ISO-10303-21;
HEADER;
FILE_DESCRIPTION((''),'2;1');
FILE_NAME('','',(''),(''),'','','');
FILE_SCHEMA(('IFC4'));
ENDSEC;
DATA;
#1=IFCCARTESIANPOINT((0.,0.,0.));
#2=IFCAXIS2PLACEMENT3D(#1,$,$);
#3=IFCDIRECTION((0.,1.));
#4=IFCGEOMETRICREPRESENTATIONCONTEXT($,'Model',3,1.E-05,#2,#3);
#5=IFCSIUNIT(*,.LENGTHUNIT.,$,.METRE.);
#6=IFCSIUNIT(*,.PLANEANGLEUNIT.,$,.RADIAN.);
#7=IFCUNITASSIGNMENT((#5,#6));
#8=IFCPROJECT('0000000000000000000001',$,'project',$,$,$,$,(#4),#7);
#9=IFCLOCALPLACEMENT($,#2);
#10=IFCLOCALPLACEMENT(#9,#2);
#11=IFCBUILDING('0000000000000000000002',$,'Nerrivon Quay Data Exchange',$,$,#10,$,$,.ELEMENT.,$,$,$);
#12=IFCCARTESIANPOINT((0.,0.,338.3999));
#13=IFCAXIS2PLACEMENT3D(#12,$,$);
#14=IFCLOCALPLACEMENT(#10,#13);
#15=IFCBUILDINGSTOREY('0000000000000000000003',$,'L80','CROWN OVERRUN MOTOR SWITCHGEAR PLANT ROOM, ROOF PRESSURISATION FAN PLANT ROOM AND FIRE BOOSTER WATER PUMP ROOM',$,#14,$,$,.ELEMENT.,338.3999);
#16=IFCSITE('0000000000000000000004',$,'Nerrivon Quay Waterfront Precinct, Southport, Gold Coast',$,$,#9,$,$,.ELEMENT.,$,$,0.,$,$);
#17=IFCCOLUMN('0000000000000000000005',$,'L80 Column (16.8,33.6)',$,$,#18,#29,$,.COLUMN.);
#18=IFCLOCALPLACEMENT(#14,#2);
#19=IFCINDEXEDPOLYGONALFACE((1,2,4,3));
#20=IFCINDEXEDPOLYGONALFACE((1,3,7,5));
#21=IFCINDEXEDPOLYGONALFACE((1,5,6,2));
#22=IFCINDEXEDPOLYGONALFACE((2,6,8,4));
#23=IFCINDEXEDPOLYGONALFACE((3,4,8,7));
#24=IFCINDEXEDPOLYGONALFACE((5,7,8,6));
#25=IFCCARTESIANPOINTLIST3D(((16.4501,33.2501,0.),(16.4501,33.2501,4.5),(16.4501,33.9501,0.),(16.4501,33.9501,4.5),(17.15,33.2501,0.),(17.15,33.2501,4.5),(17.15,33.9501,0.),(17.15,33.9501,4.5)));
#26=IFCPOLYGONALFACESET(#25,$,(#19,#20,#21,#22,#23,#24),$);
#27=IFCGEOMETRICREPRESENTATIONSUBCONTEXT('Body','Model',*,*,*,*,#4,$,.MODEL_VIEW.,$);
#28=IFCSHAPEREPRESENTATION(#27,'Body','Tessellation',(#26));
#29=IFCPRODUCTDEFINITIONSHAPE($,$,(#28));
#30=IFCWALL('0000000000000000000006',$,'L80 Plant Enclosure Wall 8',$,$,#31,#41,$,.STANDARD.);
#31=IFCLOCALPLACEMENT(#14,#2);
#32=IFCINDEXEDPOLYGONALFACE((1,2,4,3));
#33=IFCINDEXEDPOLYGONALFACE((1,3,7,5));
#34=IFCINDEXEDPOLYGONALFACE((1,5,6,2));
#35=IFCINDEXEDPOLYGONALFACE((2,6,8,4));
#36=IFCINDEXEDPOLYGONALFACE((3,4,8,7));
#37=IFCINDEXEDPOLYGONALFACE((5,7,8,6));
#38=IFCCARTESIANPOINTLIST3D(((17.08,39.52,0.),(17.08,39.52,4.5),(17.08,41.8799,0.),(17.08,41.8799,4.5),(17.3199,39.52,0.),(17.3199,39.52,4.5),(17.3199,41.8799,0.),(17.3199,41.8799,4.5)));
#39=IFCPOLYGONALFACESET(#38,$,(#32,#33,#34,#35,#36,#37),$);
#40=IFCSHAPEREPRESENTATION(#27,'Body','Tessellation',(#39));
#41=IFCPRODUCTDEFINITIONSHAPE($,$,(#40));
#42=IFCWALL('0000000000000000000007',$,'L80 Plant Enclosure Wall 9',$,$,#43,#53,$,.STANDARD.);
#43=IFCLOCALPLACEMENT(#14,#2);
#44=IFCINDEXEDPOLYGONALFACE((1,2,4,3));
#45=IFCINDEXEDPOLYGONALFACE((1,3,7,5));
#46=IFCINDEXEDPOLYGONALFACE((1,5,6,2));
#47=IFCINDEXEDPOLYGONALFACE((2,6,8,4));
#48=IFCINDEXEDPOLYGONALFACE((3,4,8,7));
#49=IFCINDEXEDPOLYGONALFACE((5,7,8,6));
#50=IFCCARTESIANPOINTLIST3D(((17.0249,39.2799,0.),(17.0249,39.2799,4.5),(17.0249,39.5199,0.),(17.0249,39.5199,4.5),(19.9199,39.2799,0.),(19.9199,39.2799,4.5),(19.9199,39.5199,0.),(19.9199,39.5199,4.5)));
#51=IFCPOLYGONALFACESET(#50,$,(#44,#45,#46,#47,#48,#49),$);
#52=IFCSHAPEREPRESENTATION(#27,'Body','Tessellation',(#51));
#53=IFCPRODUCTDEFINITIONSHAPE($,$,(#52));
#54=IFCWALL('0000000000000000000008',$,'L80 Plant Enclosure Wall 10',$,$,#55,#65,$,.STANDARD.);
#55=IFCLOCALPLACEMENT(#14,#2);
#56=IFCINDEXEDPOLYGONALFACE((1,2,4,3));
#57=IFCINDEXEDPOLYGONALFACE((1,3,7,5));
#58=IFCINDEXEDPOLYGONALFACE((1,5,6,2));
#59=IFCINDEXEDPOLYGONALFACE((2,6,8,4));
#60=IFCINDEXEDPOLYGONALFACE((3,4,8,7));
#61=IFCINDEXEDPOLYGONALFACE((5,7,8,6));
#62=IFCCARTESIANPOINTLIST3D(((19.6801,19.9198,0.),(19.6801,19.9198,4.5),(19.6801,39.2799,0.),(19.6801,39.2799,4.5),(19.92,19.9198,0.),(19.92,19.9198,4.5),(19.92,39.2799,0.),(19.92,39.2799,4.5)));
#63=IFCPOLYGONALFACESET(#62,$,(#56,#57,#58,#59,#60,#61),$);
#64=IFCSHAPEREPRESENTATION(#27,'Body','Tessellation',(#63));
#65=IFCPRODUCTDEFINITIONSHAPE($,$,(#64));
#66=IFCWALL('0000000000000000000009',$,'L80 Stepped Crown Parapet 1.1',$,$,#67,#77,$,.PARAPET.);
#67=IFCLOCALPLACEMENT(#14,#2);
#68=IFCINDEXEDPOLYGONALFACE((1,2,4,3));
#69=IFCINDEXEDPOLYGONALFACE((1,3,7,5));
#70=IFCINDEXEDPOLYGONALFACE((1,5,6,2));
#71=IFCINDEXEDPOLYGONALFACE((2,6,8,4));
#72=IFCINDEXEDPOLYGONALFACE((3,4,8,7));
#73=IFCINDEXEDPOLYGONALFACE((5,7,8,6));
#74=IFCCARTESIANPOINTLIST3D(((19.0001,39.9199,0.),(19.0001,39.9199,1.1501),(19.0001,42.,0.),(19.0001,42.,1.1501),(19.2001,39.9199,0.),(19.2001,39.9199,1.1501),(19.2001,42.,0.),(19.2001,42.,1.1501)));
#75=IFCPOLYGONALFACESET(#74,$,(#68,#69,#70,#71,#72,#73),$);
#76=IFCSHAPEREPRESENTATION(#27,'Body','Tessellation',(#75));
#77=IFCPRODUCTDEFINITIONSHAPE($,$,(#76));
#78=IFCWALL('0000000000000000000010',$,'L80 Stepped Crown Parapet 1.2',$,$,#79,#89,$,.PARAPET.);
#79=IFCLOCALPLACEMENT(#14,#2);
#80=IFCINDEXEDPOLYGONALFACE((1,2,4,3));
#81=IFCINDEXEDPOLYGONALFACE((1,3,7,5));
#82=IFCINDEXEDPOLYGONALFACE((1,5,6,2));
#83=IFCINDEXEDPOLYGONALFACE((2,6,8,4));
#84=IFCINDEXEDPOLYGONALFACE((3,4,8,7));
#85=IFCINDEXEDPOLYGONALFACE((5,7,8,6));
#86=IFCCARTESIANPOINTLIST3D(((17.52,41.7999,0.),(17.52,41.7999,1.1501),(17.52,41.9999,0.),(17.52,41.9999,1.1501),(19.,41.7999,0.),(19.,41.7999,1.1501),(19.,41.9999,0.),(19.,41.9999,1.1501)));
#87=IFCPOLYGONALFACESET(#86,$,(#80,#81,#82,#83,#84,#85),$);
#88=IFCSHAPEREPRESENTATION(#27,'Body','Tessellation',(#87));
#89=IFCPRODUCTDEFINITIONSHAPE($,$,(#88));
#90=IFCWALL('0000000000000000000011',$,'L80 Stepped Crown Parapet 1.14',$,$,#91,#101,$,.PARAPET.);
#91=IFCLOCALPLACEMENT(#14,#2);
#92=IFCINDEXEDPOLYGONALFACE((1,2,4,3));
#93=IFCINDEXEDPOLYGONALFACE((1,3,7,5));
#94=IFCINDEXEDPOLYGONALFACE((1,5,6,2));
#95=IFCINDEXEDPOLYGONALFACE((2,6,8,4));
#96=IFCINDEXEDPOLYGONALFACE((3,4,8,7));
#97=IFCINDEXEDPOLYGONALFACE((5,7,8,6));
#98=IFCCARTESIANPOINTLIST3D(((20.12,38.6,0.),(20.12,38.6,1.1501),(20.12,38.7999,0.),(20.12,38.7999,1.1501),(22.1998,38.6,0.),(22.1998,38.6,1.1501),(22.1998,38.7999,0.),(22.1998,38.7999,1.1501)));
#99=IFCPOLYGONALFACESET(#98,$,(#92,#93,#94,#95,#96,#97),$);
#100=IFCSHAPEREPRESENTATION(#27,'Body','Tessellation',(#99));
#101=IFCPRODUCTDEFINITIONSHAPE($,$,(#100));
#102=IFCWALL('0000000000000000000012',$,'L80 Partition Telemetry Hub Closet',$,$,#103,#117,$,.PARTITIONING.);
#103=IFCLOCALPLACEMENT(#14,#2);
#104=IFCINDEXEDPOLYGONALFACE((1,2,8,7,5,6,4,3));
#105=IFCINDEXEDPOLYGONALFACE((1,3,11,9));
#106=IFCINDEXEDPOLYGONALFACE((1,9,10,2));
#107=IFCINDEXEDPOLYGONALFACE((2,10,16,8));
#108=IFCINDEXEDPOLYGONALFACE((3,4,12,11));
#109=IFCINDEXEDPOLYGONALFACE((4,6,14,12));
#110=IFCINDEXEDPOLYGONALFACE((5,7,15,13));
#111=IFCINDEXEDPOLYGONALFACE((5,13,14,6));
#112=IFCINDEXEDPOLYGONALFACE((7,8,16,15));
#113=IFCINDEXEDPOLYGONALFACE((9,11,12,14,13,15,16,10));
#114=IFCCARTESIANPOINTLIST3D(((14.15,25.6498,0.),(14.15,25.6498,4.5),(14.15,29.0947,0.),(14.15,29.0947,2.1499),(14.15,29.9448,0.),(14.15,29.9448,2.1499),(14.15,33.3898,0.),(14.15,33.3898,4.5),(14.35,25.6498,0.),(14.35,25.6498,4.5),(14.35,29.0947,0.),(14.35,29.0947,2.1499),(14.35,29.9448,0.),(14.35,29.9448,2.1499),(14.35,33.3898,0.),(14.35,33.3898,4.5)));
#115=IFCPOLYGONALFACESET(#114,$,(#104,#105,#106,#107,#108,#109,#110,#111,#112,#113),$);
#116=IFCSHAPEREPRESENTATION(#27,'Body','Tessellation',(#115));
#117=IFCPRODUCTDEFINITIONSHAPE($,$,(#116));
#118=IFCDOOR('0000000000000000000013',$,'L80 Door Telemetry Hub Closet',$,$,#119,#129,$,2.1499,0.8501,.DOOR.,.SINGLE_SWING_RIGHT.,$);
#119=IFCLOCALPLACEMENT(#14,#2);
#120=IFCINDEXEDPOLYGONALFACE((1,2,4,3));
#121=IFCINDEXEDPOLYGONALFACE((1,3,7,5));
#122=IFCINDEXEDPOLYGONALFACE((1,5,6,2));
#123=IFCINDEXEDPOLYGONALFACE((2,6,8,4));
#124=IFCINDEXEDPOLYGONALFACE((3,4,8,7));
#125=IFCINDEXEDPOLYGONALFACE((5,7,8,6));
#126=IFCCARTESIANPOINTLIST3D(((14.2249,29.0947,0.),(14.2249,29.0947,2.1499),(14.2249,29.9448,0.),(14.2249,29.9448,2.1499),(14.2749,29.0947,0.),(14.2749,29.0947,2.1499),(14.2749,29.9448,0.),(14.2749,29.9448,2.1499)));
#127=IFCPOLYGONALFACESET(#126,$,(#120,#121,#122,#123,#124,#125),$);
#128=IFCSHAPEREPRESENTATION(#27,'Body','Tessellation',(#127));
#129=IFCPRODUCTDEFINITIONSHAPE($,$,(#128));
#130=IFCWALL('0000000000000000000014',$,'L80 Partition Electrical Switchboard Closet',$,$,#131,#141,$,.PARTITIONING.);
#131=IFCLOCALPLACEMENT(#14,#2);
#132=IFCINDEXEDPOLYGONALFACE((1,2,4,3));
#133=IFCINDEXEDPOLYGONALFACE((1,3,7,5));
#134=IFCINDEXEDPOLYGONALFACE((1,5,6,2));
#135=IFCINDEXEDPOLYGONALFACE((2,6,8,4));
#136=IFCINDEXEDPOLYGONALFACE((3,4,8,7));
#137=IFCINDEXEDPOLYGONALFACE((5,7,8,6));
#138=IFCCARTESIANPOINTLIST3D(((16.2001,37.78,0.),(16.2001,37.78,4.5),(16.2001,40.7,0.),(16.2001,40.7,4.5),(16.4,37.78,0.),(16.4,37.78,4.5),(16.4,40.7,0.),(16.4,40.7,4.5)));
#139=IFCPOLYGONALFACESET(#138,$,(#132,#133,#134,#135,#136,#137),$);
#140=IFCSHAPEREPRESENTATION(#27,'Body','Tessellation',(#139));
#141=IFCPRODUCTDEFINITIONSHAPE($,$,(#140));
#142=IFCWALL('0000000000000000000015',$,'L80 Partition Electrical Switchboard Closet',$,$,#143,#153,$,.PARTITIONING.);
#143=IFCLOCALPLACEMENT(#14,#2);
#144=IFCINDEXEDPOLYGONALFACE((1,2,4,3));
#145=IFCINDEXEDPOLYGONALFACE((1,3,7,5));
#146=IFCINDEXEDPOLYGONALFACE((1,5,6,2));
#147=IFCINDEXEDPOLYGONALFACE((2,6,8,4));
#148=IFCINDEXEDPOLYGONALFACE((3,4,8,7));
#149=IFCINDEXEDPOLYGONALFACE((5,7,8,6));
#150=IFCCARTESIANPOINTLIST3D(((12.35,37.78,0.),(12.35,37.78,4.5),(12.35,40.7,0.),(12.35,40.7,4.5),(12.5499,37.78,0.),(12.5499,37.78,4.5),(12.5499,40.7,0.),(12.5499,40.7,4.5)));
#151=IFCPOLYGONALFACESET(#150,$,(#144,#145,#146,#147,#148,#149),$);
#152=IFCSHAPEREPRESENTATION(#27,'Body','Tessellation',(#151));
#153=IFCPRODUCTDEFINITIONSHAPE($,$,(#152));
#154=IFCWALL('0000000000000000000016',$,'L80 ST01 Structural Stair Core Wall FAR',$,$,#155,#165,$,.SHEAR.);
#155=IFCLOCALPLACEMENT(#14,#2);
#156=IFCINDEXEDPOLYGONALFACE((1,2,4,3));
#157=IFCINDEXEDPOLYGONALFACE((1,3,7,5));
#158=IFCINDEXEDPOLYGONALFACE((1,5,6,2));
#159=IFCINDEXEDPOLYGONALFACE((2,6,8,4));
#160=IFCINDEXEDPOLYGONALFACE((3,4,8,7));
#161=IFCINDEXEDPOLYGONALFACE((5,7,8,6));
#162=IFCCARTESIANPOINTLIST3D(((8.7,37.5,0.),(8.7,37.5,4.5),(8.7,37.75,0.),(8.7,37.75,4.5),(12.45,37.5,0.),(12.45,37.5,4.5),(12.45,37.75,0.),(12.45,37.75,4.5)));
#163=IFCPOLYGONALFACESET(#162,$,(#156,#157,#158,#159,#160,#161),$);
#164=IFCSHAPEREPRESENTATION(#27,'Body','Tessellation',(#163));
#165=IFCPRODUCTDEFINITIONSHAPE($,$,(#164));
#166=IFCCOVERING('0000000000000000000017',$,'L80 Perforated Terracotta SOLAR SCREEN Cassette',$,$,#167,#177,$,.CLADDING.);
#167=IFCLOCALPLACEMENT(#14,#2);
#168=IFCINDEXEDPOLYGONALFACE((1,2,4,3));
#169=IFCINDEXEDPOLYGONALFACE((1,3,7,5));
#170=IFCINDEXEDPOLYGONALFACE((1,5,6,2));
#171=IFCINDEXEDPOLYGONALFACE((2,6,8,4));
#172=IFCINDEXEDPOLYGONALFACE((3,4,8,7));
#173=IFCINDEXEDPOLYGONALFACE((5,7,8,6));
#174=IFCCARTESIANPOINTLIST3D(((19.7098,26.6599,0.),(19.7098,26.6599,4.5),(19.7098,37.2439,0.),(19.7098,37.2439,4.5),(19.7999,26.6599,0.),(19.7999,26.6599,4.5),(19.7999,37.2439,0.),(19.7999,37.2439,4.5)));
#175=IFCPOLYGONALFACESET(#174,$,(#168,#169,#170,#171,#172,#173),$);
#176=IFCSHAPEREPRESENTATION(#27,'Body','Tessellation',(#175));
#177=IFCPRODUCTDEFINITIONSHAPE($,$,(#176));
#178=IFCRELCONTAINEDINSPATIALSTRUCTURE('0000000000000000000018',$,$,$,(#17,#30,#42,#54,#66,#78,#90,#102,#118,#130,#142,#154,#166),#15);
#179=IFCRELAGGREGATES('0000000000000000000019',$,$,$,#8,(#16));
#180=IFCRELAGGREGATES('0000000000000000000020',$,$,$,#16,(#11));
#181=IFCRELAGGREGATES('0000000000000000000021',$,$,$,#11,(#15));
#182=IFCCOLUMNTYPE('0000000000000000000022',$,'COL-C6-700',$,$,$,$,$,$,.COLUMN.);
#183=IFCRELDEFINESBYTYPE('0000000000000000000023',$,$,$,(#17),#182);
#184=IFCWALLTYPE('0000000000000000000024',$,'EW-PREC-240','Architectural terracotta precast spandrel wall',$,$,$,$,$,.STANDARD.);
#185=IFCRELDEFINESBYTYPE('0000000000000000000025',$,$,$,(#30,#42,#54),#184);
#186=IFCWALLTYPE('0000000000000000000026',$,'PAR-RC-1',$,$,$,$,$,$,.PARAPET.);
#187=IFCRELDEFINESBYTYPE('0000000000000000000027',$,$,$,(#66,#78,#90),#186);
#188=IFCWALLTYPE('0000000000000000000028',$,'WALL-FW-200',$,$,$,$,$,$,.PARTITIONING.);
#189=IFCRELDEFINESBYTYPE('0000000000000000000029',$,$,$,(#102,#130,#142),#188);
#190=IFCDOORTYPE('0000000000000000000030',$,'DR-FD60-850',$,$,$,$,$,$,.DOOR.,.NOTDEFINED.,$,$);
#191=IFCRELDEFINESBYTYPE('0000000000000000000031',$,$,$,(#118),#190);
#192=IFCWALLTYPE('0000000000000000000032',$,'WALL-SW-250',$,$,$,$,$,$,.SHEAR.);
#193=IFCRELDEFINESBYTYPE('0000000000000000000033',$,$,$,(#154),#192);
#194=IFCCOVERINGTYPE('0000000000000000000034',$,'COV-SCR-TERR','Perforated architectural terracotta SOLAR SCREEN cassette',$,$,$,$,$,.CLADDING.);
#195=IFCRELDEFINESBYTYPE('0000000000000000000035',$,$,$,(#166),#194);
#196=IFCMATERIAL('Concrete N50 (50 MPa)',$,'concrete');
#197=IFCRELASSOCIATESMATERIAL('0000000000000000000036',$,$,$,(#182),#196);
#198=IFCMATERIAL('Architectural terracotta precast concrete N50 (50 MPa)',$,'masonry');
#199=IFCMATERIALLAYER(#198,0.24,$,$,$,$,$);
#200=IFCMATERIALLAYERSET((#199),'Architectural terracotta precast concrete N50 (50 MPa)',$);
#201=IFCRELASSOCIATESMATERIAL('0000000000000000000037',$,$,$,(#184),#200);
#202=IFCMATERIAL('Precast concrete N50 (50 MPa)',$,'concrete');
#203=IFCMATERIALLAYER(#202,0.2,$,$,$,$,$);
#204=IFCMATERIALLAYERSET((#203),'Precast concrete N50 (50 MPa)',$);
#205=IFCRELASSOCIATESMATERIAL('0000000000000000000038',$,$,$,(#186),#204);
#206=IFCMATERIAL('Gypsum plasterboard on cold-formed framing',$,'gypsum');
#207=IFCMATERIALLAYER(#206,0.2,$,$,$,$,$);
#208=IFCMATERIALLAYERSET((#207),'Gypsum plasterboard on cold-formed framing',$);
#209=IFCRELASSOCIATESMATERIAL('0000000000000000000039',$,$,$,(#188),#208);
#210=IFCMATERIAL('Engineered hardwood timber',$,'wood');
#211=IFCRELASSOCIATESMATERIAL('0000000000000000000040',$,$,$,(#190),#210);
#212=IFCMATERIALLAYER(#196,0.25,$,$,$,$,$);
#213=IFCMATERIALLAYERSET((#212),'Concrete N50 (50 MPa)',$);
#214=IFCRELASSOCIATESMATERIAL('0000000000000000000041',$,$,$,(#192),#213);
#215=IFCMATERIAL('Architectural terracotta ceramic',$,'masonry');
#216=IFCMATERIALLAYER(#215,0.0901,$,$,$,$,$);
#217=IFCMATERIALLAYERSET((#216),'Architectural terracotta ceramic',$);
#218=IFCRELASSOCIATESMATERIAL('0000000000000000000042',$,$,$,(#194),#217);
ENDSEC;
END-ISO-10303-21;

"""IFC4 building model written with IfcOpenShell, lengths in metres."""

from ifc_helpers import new_model, si_unit, direction, frame, frame_2d, origin, origin_2d, place, context, subcontext, project, spatial, rectangle, extrude, material, layer, layer_set, material_profile, profile_set, type_object, element, fill, save


model = new_model("IFC4")

# Units and contexts
model_context = context("Model", 3, precision=1e-05, world=origin(), true_north=direction((0.0, 1.0)))
body_context = subcontext(model_context, "Body", "Model", "MODEL_VIEW")
ifc_project = project(units=[si_unit("LENGTHUNIT", "METRE"), si_unit("PLANEANGLEUNIT", "RADIAN")], contexts=[model_context])

# Site, building, storey
site_placement = place(None, origin())
site = spatial("IfcSite", under=ifc_project, at=site_placement, Name="Nerrivon Quay Waterfront Precinct, Southport, Gold Coast", CompositionType="ELEMENT", RefElevation=0.0)
building_placement = place(site_placement, origin())
building = spatial("IfcBuilding", under=site, at=building_placement, Name="Nerrivon Quay Data Exchange", CompositionType="ELEMENT")
storey_placement = place(building_placement, frame((0.0, 0.0, 338.3999)))
storey = spatial("IfcBuildingStorey", under=building, at=storey_placement, Name="L80", Description="CROWN OVERRUN MOTOR SWITCHGEAR PLANT ROOM, ROOF PRESSURISATION FAN PLANT ROOM AND FIRE BOOSTER WATER PUMP ROOM", CompositionType="ELEMENT", Elevation=338.3999)

# Column
ifc_material_1 = material(Name="Concrete N50 (50 MPa)", Category="concrete")
ifc_material_profile = material_profile(ifc_material_1, rectangle(XDim=0.7, YDim=0.7, at=origin_2d()), Name="RC-COL-700x700")
ifc_profile_set = profile_set([ifc_material_profile], Name="Concrete N50 (50 MPa)")
column_type = type_object("IfcColumnType", Name="COL-C6-700", PredefinedType="COLUMN", material=ifc_profile_set)
column_placement = place(storey_placement, frame((16.8, 33.6001, 0.0), z_axis=(0.0, 0.0, 1.0), x_axis=(1.0, 0.0, 0.0)))
element("IfcColumn", 1, at=column_placement, inside=storey, type_object=column_type, Name="L80 Column (16.8,33.6)", PredefinedType="COLUMN", context=body_context, shape_type="SweptSolid", body=[
    extrude(rectangle(XDim=0.7, YDim=0.7, at=origin_2d()), origin(), (0.0, 0.0, 1.0), 4.5),
])

# Walls
ifc_material_2 = material(Name="Architectural terracotta precast concrete N50 (50 MPa)", Category="masonry")
ifc_layer_1 = layer(ifc_material_2, 0.24)
ifc_layer_set_1 = layer_set([ifc_layer_1], Name="Architectural terracotta precast concrete N50 (50 MPa)")
wall_type_1 = type_object("IfcWallType", Name="EW-PREC-240", Description="Architectural terracotta precast spandrel wall", PredefinedType="STANDARD", material=ifc_layer_set_1)
wall_1_placement = place(storey_placement, frame((17.2, 41.8799, 0.0), z_axis=(0.0, 0.0, 1.0), x_axis=(0.0, -1.0, 0.0)))
element("IfcWall", 2, at=wall_1_placement, inside=storey, type_object=wall_type_1, Name="L80 Plant Enclosure Wall 8", PredefinedType="STANDARD", context=body_context, shape_type="SweptSolid", body=[
    extrude(rectangle(XDim=2.3599, YDim=0.24, at=frame_2d((1.1799, 0.0))), origin(), (0.0, 0.0, 1.0), 4.5),
])
wall_2_placement = place(storey_placement, frame((17.0249, 39.3999, 0.0), z_axis=(0.0, 0.0, 1.0), x_axis=(1.0, 0.0, 0.0)))
element("IfcWall", 3, at=wall_2_placement, inside=storey, type_object=wall_type_1, Name="L80 Plant Enclosure Wall 9", PredefinedType="STANDARD", context=body_context, shape_type="SweptSolid", body=[
    extrude(rectangle(XDim=2.895, YDim=0.24, at=frame_2d((1.4475, 0.0))), origin(), (0.0, 0.0, 1.0), 4.5),
])
wall_3_placement = place(storey_placement, frame((19.8, 39.28, 0.0), z_axis=(0.0, 0.0, 1.0), x_axis=(0.0, -1.0, 0.0)))
element("IfcWall", 4, at=wall_3_placement, inside=storey, type_object=wall_type_1, Name="L80 Plant Enclosure Wall 10", PredefinedType="STANDARD", context=body_context, shape_type="SweptSolid", body=[
    extrude(rectangle(XDim=19.3601, YDim=0.24, at=frame_2d((9.6802, 0.0))), origin(), (0.0, 0.0, 1.0), 4.5),
])
ifc_material_3 = material(Name="Precast concrete N50 (50 MPa)", Category="concrete")
ifc_layer_2 = layer(ifc_material_3, 0.2)
ifc_layer_set_2 = layer_set([ifc_layer_2], Name="Precast concrete N50 (50 MPa)")
wall_type_2 = type_object("IfcWallType", Name="PAR-RC-1", PredefinedType="PARAPET", material=ifc_layer_set_2)
wall_4_placement = place(storey_placement, frame((19.1001, 39.9199, 0.0), z_axis=(0.0, 0.0, 1.0), x_axis=(0.0, 1.0, 0.0)))
element("IfcWall", 5, at=wall_4_placement, inside=storey, type_object=wall_type_2, Name="L80 Stepped Crown Parapet 1.1", PredefinedType="PARAPET", context=body_context, shape_type="SweptSolid", body=[
    extrude(rectangle(XDim=2.0801, YDim=0.2, at=frame_2d((1.04, 0.0))), origin(), (0.0, 0.0, 1.0), 1.1501),
])
wall_5_placement = place(storey_placement, frame((19.0, 41.8999, 0.0), z_axis=(0.0, 0.0, 1.0), x_axis=(-1.0, 0.0, 0.0)))
element("IfcWall", 6, at=wall_5_placement, inside=storey, type_object=wall_type_2, Name="L80 Stepped Crown Parapet 1.2", PredefinedType="PARAPET", context=body_context, shape_type="SweptSolid", body=[
    extrude(rectangle(XDim=1.48, YDim=0.2, at=frame_2d((0.74, 0.0))), origin(), (0.0, 0.0, 1.0), 1.1501),
])
wall_6_placement = place(storey_placement, frame((22.2, 38.7, 0.0), z_axis=(0.0, 0.0, 1.0), x_axis=(-1.0, 0.0, 0.0)))
element("IfcWall", 7, at=wall_6_placement, inside=storey, type_object=wall_type_2, Name="L80 Stepped Crown Parapet 1.14", PredefinedType="PARAPET", context=body_context, shape_type="SweptSolid", body=[
    extrude(rectangle(XDim=2.0798, YDim=0.2, at=frame_2d((1.04, 0.0))), origin(), (0.0, 0.0, 1.0), 1.1501),
])

# Wall, opening, door
ifc_material_4 = material(Name="Gypsum plasterboard on cold-formed framing", Category="gypsum")
ifc_layer_3 = layer(ifc_material_4, 0.2)
ifc_layer_set_3 = layer_set([ifc_layer_3], Name="Gypsum plasterboard on cold-formed framing")
wall_type_3 = type_object("IfcWallType", Name="WALL-FW-200", PredefinedType="PARTITIONING", material=ifc_layer_set_3)
wall_7_placement = place(storey_placement, frame((14.25, 33.3899, 0.0), z_axis=(0.0, 0.0, 1.0), x_axis=(0.0, -1.0, 0.0)))
wall_7 = element("IfcWall", 8, at=wall_7_placement, inside=storey, type_object=wall_type_3, Name="L80 Partition Telemetry Hub Closet", PredefinedType="PARTITIONING", context=body_context, shape_type="SweptSolid", body=[
    extrude(rectangle(XDim=7.74, YDim=0.2, at=frame_2d((3.8701, 0.0))), origin(), (0.0, 0.0, 1.0), 4.5),
])
opening_1_placement = place(wall_7_placement, frame((3.4451, 0.0, 0.0)))
opening_1 = element("IfcOpeningElement", 9, at=opening_1_placement, cuts=wall_7, PredefinedType="OPENING", context=body_context, shape_type="SweptSolid", body=[
    extrude(rectangle(XDim=0.8501, YDim=2.1499, at=frame_2d((0.425, 1.075))), frame((0.0, 0.1099, 0.0), z_axis=(0.0, -1.0, 0.0), x_axis=(1.0, 0.0, 0.0)), (0.0, 0.0, 1.0), 0.22),
])
ifc_material_5 = material(Name="Engineered hardwood timber", Category="wood")
door_type_1 = type_object("IfcDoorType", Name="DR-FD60-850", OperationType="NOTDEFINED", PredefinedType="DOOR", material=ifc_material_5)
door_1_placement = place(opening_1_placement, origin())
door_1 = element("IfcDoor", 10, at=door_1_placement, inside=storey, type_object=door_type_1, Name="L80 Door Telemetry Hub Closet", OperationType="SINGLE_SWING_RIGHT", OverallHeight=2.1499, OverallWidth=0.8501, PredefinedType="DOOR", context=body_context, shape_type="SweptSolid", body=[
    extrude(rectangle(XDim=0.8501, YDim=2.1499, at=frame_2d((0.425, 1.075))), frame((0.0, 0.0249, 0.0), z_axis=(0.0, -1.0, 0.0), x_axis=(1.0, 0.0, 0.0)), (0.0, 0.0, 1.0), 0.05),
])
fill(opening_1, door_1)

# Walls
for number, where, z_axis, x_axis, name in (
    (11, (16.3, 37.78, 0.0), (0.0, 0.0, 1.0), (0.0, 1.0, 0.0), "L80 Partition Electrical Switchboard Closet"),
    (12, (12.45, 40.7, 0.0), (0.0, 0.0, 1.0), (0.0, -1.0, 0.0), "L80 Partition Electrical Switchboard Closet"),
):
    element("IfcWall", number, at=place(storey_placement, frame(where, z_axis=z_axis, x_axis=x_axis)), inside=storey, type_object=wall_type_3, Name=name, PredefinedType="PARTITIONING", context=body_context, shape_type="SweptSolid", body=[
        extrude(rectangle(XDim=2.9199, YDim=0.2, at=frame_2d((1.46, 0.0))), origin(), (0.0, 0.0, 1.0), 4.5),
    ])
ifc_layer_4 = layer(ifc_material_1, 0.25)
ifc_layer_set_4 = layer_set([ifc_layer_4], Name="Concrete N50 (50 MPa)")
wall_type_4 = type_object("IfcWallType", Name="WALL-SW-250", PredefinedType="SHEAR", material=ifc_layer_set_4)
wall_8_placement = place(storey_placement, frame((12.45, 37.625, 0.0), z_axis=(0.0, 0.0, 1.0), x_axis=(-1.0, 0.0, 0.0)))
element("IfcWall", 13, at=wall_8_placement, inside=storey, type_object=wall_type_4, Name="L80 ST01 Structural Stair Core Wall FAR", PredefinedType="SHEAR", context=body_context, shape_type="SweptSolid", body=[
    extrude(rectangle(XDim=3.75, YDim=0.25, at=frame_2d((1.875, 0.0))), origin(), (0.0, 0.0, 1.0), 4.5),
])

# Covering
ifc_material_6 = material(Name="Architectural terracotta ceramic", Category="masonry")
ifc_layer_5 = layer(ifc_material_6, 0.0901)
ifc_layer_set_5 = layer_set([ifc_layer_5], Name="Architectural terracotta ceramic")
covering_type = type_object("IfcCoveringType", Name="COV-SCR-TERR", Description="Perforated architectural terracotta SOLAR SCREEN cassette", PredefinedType="CLADDING", material=ifc_layer_set_5)
covering_placement = place(storey_placement, frame((19.7549, 31.9519, 0.0), z_axis=(0.0, 0.0, 1.0), x_axis=(0.0, -1.0, 0.0)))
element("IfcCovering", 14, at=covering_placement, inside=storey, type_object=covering_type, Name="L80 Perforated Terracotta SOLAR SCREEN Cassette", PredefinedType="CLADDING", context=body_context, shape_type="SweptSolid", body=[
    extrude(rectangle(XDim=10.584, YDim=0.0901, at=origin_2d()), origin(), (0.0, 0.0, 1.0), 4.5),
])

save(model, "model.ifc")
